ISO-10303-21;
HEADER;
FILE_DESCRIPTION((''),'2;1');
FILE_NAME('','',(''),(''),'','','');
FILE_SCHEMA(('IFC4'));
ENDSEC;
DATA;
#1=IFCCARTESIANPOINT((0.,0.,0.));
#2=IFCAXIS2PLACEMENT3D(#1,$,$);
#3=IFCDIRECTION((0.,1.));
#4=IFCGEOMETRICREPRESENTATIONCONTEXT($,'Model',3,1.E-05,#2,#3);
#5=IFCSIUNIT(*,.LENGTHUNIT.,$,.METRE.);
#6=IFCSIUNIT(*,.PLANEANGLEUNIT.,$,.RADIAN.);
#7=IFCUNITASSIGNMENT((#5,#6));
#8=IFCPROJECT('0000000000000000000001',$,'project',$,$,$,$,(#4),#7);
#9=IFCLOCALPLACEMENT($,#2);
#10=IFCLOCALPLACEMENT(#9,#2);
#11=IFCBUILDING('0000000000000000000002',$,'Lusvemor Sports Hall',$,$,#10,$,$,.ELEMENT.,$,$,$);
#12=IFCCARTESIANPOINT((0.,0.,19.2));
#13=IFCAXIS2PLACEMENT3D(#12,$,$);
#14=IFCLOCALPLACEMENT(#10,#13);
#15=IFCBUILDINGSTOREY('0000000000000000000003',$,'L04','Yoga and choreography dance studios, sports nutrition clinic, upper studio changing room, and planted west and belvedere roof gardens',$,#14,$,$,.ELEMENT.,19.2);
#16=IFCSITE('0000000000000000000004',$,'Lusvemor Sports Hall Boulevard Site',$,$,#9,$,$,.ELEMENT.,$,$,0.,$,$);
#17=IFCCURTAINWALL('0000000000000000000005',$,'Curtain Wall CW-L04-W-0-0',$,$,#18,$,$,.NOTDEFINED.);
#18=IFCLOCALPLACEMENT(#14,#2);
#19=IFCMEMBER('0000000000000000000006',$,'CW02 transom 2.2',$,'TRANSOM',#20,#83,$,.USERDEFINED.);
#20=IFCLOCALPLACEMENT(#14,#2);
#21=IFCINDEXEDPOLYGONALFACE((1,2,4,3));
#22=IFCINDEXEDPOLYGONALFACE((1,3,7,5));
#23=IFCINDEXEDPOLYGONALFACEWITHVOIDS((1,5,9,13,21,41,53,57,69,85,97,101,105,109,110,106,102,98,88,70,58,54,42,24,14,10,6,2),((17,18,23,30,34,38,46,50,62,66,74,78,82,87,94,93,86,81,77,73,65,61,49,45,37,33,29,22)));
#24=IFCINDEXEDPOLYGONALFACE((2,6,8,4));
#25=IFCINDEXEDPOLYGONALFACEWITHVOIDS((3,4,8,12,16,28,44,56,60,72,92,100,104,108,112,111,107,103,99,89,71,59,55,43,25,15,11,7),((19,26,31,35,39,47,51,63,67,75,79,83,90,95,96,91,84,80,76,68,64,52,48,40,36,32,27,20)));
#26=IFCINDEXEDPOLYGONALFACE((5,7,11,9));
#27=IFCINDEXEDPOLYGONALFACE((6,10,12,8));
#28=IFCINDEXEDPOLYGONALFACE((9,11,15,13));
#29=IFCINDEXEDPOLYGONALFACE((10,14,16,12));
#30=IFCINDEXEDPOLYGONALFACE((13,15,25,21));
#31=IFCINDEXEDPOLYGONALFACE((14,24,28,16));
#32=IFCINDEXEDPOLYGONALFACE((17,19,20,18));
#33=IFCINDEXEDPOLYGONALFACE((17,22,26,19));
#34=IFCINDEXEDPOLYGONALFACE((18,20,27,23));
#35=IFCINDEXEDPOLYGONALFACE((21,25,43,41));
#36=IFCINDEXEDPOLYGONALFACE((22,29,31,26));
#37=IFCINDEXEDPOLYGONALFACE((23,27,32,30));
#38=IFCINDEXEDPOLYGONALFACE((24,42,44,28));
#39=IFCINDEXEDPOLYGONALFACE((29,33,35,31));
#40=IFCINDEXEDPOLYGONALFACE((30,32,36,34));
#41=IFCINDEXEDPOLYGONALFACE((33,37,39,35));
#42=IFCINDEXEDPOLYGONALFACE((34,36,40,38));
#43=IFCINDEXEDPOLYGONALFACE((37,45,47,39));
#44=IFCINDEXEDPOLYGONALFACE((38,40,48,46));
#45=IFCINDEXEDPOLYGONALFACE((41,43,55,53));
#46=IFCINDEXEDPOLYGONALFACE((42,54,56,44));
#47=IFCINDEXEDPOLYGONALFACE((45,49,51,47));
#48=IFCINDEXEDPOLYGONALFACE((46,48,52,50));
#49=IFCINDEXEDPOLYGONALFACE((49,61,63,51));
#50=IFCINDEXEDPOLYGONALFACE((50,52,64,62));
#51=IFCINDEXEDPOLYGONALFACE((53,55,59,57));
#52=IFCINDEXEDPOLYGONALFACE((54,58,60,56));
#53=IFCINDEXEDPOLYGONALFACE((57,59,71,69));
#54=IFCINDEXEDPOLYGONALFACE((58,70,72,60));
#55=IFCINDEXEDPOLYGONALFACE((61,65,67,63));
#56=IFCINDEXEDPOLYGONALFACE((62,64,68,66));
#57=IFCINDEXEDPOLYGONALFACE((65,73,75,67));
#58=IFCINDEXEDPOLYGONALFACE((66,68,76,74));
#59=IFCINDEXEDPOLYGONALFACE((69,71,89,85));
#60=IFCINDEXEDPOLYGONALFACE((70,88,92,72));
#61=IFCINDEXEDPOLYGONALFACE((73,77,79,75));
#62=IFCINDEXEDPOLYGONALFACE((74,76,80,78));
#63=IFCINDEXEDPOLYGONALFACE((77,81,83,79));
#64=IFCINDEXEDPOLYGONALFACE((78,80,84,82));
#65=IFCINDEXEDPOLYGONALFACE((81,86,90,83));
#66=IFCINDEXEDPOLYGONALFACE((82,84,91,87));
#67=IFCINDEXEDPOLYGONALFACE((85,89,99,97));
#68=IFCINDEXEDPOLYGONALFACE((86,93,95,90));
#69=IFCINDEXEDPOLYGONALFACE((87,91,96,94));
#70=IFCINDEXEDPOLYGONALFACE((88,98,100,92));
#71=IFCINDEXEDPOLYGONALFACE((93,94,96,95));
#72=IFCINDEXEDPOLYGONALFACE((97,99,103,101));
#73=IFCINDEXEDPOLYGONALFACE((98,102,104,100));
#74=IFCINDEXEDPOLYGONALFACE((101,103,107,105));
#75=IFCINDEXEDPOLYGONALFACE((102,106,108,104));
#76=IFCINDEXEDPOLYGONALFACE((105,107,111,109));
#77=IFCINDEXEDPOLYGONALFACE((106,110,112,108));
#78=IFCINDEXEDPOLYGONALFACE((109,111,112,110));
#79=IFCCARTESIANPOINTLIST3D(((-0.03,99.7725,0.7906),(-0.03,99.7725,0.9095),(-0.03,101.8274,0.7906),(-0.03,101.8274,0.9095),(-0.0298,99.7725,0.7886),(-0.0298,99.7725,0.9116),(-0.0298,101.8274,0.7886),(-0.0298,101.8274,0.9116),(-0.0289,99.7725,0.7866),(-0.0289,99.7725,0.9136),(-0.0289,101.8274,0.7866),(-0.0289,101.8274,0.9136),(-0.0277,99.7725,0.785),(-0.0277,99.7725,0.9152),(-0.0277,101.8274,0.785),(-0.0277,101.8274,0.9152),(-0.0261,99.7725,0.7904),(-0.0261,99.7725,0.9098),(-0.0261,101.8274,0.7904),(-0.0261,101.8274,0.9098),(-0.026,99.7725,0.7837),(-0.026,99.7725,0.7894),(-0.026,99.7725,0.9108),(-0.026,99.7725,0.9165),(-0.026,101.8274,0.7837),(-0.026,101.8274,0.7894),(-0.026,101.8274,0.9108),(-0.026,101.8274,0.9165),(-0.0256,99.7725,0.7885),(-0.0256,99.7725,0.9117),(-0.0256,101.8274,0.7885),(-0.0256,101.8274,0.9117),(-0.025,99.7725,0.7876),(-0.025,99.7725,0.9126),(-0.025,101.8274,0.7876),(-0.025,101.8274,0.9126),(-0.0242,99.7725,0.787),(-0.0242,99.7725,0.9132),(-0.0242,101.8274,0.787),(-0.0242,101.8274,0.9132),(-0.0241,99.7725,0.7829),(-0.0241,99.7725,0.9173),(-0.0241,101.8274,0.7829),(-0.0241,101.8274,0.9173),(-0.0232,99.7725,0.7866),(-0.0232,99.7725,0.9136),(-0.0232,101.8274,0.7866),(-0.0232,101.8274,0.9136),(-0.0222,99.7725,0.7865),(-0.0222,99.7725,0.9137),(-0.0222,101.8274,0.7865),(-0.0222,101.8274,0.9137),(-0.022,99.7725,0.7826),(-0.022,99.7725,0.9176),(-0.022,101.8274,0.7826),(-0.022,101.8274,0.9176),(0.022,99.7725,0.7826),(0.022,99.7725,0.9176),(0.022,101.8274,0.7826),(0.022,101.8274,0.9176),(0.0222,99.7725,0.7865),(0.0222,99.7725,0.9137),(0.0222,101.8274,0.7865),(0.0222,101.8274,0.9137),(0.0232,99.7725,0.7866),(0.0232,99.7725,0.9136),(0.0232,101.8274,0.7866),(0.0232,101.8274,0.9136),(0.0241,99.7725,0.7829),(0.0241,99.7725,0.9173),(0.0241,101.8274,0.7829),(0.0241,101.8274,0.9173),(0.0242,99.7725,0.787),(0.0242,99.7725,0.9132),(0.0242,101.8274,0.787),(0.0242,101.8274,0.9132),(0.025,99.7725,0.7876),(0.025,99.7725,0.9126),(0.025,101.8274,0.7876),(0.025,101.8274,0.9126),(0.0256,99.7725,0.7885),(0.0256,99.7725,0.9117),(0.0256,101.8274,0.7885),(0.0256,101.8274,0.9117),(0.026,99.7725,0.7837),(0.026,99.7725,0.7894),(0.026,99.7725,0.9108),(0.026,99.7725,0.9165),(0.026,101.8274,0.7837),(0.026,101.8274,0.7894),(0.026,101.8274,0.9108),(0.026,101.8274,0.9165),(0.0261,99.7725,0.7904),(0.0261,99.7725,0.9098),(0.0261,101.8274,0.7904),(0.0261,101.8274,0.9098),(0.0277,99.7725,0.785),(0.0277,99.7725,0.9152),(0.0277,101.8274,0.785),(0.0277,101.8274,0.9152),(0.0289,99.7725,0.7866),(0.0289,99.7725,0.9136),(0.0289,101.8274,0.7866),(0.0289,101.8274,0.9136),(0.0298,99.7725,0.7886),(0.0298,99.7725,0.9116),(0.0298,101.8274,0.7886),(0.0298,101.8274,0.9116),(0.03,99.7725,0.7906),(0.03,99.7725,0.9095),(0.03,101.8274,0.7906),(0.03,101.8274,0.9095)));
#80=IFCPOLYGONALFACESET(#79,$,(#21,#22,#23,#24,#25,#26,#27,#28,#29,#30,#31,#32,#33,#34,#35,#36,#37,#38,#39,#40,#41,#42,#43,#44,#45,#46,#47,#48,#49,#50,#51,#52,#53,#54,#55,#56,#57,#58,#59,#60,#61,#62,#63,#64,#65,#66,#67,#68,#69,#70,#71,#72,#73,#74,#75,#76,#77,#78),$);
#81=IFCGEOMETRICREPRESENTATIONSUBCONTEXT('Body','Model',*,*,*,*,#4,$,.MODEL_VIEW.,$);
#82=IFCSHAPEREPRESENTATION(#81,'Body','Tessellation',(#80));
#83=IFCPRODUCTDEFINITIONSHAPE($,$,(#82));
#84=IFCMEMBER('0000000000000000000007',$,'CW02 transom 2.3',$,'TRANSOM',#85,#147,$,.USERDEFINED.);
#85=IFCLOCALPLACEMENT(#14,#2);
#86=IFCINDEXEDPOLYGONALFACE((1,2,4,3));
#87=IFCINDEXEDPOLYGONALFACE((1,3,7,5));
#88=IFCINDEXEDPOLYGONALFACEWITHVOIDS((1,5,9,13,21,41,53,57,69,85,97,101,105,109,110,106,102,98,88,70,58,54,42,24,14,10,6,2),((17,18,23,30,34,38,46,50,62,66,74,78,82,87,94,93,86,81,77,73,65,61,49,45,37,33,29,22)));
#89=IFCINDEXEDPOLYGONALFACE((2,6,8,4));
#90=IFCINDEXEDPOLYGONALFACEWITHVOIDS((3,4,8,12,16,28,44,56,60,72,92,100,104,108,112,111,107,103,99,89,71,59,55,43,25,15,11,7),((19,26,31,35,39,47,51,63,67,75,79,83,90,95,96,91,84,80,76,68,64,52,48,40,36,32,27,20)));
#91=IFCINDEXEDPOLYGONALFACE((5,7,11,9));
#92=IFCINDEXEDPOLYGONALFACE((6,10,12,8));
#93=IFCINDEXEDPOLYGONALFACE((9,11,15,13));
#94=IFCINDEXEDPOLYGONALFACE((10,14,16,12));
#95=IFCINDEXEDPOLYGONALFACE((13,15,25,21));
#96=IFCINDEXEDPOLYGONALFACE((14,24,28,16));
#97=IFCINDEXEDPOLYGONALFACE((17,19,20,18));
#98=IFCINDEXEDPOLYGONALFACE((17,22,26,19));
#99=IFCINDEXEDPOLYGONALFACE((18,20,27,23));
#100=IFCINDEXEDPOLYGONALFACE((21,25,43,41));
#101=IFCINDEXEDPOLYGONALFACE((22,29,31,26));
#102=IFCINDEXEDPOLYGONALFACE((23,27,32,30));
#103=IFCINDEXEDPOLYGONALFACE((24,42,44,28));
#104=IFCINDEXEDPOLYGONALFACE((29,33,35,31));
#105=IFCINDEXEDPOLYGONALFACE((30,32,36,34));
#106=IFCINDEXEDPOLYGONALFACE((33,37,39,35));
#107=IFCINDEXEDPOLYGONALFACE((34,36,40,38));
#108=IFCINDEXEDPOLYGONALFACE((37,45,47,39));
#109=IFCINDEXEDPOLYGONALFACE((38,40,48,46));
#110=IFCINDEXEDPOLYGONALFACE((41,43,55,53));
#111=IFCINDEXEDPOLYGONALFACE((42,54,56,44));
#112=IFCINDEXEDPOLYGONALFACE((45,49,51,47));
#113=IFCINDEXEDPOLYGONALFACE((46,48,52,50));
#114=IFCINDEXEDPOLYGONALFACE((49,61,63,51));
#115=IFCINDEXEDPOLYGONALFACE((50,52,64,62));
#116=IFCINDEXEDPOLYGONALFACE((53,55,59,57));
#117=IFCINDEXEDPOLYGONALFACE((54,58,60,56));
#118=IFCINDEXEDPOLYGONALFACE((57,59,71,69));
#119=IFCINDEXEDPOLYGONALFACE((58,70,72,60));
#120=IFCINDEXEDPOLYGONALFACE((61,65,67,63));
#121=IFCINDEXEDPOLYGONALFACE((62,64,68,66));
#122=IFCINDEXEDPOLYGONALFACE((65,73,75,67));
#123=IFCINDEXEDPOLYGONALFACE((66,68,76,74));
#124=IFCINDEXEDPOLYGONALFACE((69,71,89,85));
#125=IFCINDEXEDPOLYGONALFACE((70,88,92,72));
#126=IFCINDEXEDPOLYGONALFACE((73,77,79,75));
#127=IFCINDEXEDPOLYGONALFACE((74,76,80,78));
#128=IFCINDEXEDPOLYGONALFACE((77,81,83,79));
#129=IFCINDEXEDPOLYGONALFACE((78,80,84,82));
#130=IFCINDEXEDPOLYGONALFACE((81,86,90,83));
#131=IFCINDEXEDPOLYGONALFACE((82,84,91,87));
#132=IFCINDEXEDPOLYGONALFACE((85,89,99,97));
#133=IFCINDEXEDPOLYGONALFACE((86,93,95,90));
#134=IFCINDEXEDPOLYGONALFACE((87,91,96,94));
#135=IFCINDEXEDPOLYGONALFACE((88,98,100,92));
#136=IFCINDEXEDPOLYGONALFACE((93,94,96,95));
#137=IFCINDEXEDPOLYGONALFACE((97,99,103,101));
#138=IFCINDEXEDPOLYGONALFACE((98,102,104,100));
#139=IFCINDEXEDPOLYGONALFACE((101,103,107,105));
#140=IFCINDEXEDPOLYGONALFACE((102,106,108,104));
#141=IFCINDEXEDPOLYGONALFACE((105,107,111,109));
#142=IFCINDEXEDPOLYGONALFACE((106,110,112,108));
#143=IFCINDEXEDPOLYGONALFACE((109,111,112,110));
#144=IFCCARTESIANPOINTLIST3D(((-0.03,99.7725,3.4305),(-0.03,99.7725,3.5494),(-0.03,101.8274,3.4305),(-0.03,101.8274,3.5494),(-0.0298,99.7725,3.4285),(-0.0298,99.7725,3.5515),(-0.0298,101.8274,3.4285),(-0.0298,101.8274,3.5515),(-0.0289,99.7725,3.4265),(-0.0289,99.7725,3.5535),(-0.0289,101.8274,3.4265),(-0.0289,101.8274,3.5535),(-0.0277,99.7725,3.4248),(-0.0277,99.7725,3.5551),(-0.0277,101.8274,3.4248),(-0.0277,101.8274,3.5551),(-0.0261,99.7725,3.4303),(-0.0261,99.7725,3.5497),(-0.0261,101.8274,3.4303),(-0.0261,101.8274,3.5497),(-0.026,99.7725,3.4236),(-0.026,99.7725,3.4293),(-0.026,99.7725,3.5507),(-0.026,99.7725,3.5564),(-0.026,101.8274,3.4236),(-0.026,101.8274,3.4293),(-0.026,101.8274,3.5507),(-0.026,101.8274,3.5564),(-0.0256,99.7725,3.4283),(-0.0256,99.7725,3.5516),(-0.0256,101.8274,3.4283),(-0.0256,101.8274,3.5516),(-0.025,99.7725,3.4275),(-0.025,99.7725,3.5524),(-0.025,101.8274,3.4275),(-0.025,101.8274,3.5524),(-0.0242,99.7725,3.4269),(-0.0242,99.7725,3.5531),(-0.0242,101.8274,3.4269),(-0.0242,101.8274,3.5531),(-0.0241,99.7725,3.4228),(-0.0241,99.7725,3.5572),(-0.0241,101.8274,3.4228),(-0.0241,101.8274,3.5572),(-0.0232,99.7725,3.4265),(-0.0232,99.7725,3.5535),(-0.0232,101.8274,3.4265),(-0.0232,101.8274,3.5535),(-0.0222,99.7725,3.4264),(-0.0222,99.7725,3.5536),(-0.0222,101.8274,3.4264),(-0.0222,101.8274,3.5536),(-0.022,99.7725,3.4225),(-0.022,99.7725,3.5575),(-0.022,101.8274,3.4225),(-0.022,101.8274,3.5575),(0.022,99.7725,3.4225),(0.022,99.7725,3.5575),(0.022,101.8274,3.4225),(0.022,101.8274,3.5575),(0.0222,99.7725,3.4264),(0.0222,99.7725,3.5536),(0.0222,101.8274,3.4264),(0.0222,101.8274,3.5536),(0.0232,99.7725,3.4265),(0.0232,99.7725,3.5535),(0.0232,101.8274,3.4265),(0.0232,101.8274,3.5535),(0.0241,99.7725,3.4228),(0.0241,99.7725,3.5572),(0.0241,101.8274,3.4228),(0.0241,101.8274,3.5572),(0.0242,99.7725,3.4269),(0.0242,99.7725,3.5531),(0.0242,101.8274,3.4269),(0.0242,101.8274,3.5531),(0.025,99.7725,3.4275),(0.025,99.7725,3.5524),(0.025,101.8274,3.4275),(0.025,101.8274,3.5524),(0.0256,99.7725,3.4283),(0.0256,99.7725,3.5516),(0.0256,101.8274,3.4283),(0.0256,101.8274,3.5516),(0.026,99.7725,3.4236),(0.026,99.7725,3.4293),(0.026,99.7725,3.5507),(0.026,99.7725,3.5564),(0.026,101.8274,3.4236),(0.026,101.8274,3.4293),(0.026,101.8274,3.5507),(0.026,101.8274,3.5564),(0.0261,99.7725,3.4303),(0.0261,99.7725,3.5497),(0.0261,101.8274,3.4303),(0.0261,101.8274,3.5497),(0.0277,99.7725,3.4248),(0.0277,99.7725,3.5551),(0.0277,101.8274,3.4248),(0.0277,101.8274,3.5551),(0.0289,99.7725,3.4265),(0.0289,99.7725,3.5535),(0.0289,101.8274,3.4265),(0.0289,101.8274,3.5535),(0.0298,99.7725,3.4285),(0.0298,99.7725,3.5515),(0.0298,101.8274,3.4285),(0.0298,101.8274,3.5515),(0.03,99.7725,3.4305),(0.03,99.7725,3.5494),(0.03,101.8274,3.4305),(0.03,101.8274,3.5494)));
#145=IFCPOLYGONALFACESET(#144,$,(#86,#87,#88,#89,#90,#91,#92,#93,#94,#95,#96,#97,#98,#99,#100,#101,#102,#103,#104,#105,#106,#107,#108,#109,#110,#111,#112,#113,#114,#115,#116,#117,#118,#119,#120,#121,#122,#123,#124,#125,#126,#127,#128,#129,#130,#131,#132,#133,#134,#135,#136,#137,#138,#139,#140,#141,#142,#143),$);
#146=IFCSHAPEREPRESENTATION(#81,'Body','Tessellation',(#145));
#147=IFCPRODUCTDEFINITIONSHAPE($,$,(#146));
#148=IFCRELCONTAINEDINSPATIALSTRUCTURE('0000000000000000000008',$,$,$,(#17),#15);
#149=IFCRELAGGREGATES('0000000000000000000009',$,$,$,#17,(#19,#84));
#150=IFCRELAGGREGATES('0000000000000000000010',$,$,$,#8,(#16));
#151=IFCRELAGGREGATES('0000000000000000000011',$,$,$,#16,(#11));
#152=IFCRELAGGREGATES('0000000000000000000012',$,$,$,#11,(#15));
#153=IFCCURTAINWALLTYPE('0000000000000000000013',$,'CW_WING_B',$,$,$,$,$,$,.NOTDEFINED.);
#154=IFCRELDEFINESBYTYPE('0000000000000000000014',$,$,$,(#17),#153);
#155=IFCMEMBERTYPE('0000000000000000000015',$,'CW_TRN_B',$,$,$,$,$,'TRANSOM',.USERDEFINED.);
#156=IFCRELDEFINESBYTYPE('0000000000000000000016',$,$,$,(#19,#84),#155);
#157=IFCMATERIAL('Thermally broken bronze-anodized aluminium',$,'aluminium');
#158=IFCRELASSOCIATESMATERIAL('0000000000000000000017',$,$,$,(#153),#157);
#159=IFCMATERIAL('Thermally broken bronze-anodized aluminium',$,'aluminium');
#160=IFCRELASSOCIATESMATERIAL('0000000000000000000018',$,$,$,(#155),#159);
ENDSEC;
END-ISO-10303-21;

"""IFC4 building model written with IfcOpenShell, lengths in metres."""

from ifc_helpers import new_model, si_unit, direction, frame, origin, origin_2d, place, context, subcontext, project, spatial, hollow_rectangle, extrude, material, material_profile, profile_set, type_object, element, aggregate, save


model = new_model("IFC4")

# Units and contexts
model_context = context("Model", 3, precision=1e-05, world=origin(), true_north=direction((0.0, 1.0)))
body_context = subcontext(model_context, "Body", "Model", "MODEL_VIEW")
ifc_project = project(units=[si_unit("LENGTHUNIT", "METRE"), si_unit("PLANEANGLEUNIT", "RADIAN")], contexts=[model_context])

# Site, building, storey
site_placement = place(None, origin())
site = spatial("IfcSite", under=ifc_project, at=site_placement, Name="Lusvemor Sports Hall Boulevard Site", CompositionType="ELEMENT", RefElevation=0.0)
building_placement = place(site_placement, origin())
building = spatial("IfcBuilding", under=site, at=building_placement, Name="Lusvemor Sports Hall", CompositionType="ELEMENT")
storey_placement = place(building_placement, frame((0.0, 0.0, 19.2)))
storey = spatial("IfcBuildingStorey", under=building, at=storey_placement, Name="L04", Description="Yoga and choreography dance studios, sports nutrition clinic, upper studio changing room, and planted west and belvedere roof gardens", CompositionType="ELEMENT", Elevation=19.2)

# Curtain wall, members
ifc_material_1 = material(Name="Thermally broken bronze-anodized aluminium", Category="aluminium")
curtain_wall_type = type_object("IfcCurtainWallType", Name="CW_WING_B", PredefinedType="NOTDEFINED", material=ifc_material_1)
curtain_wall_placement = place(storey_placement, origin())
curtain_wall = element("IfcCurtainWall", 1, at=curtain_wall_placement, inside=storey, type_object=curtain_wall_type, Name="Curtain Wall CW-L04-W-0-0", PredefinedType="NOTDEFINED")
ifc_material_2 = material(Name="Thermally broken bronze-anodized aluminium", Category="aluminium")
ifc_material_profile_1 = material_profile(ifc_material_2, hollow_rectangle(XDim=0.0601, YDim=0.135, WallThickness=0.0039, InnerFilletRadius=0.0039, OuterFilletRadius=0.0081, at=origin_2d()), Name="CWTRN135x60x4")
ifc_profile_set_1 = profile_set([ifc_material_profile_1], Name="Thermally broken bronze-anodized aluminium")
member_type_1 = type_object("IfcMemberType", Name="CW_TRN_B", ElementType="TRANSOM", PredefinedType="USERDEFINED", material=ifc_profile_set_1)
member_1_placement = place(storey_placement, frame((0.0, 99.7725, 0.8501), z_axis=(0.0, 1.0, 0.0), x_axis=(-1.0, 0.0, 0.0)))
member_1 = element("IfcMember", 2, at=member_1_placement, type_object=member_type_1, Name="CW02 transom 2.2", ObjectType="TRANSOM", PredefinedType="USERDEFINED", context=body_context, shape_type="SweptSolid", body=[
    extrude(hollow_rectangle(XDim=0.0601, YDim=0.135, WallThickness=0.0039, InnerFilletRadius=0.0039, OuterFilletRadius=0.0081, at=origin_2d()), origin(), (0.0, 0.0, 1.0), 2.0549),
])
member_2_placement = place(storey_placement, frame((0.0, 99.7725, 3.49), z_axis=(0.0, 1.0, 0.0), x_axis=(-1.0, 0.0, 0.0)))
member_2 = element("IfcMember", 3, at=member_2_placement, type_object=member_type_1, Name="CW02 transom 2.3", ObjectType="TRANSOM", PredefinedType="USERDEFINED", context=body_context, shape_type="SweptSolid", body=[
    extrude(hollow_rectangle(XDim=0.0601, YDim=0.135, WallThickness=0.0039, InnerFilletRadius=0.0039, OuterFilletRadius=0.0081, at=origin_2d()), origin(), (0.0, 0.0, 1.0), 2.0549),
])

aggregate(curtain_wall, [member_1, member_2])

save(model, "model.ifc")
